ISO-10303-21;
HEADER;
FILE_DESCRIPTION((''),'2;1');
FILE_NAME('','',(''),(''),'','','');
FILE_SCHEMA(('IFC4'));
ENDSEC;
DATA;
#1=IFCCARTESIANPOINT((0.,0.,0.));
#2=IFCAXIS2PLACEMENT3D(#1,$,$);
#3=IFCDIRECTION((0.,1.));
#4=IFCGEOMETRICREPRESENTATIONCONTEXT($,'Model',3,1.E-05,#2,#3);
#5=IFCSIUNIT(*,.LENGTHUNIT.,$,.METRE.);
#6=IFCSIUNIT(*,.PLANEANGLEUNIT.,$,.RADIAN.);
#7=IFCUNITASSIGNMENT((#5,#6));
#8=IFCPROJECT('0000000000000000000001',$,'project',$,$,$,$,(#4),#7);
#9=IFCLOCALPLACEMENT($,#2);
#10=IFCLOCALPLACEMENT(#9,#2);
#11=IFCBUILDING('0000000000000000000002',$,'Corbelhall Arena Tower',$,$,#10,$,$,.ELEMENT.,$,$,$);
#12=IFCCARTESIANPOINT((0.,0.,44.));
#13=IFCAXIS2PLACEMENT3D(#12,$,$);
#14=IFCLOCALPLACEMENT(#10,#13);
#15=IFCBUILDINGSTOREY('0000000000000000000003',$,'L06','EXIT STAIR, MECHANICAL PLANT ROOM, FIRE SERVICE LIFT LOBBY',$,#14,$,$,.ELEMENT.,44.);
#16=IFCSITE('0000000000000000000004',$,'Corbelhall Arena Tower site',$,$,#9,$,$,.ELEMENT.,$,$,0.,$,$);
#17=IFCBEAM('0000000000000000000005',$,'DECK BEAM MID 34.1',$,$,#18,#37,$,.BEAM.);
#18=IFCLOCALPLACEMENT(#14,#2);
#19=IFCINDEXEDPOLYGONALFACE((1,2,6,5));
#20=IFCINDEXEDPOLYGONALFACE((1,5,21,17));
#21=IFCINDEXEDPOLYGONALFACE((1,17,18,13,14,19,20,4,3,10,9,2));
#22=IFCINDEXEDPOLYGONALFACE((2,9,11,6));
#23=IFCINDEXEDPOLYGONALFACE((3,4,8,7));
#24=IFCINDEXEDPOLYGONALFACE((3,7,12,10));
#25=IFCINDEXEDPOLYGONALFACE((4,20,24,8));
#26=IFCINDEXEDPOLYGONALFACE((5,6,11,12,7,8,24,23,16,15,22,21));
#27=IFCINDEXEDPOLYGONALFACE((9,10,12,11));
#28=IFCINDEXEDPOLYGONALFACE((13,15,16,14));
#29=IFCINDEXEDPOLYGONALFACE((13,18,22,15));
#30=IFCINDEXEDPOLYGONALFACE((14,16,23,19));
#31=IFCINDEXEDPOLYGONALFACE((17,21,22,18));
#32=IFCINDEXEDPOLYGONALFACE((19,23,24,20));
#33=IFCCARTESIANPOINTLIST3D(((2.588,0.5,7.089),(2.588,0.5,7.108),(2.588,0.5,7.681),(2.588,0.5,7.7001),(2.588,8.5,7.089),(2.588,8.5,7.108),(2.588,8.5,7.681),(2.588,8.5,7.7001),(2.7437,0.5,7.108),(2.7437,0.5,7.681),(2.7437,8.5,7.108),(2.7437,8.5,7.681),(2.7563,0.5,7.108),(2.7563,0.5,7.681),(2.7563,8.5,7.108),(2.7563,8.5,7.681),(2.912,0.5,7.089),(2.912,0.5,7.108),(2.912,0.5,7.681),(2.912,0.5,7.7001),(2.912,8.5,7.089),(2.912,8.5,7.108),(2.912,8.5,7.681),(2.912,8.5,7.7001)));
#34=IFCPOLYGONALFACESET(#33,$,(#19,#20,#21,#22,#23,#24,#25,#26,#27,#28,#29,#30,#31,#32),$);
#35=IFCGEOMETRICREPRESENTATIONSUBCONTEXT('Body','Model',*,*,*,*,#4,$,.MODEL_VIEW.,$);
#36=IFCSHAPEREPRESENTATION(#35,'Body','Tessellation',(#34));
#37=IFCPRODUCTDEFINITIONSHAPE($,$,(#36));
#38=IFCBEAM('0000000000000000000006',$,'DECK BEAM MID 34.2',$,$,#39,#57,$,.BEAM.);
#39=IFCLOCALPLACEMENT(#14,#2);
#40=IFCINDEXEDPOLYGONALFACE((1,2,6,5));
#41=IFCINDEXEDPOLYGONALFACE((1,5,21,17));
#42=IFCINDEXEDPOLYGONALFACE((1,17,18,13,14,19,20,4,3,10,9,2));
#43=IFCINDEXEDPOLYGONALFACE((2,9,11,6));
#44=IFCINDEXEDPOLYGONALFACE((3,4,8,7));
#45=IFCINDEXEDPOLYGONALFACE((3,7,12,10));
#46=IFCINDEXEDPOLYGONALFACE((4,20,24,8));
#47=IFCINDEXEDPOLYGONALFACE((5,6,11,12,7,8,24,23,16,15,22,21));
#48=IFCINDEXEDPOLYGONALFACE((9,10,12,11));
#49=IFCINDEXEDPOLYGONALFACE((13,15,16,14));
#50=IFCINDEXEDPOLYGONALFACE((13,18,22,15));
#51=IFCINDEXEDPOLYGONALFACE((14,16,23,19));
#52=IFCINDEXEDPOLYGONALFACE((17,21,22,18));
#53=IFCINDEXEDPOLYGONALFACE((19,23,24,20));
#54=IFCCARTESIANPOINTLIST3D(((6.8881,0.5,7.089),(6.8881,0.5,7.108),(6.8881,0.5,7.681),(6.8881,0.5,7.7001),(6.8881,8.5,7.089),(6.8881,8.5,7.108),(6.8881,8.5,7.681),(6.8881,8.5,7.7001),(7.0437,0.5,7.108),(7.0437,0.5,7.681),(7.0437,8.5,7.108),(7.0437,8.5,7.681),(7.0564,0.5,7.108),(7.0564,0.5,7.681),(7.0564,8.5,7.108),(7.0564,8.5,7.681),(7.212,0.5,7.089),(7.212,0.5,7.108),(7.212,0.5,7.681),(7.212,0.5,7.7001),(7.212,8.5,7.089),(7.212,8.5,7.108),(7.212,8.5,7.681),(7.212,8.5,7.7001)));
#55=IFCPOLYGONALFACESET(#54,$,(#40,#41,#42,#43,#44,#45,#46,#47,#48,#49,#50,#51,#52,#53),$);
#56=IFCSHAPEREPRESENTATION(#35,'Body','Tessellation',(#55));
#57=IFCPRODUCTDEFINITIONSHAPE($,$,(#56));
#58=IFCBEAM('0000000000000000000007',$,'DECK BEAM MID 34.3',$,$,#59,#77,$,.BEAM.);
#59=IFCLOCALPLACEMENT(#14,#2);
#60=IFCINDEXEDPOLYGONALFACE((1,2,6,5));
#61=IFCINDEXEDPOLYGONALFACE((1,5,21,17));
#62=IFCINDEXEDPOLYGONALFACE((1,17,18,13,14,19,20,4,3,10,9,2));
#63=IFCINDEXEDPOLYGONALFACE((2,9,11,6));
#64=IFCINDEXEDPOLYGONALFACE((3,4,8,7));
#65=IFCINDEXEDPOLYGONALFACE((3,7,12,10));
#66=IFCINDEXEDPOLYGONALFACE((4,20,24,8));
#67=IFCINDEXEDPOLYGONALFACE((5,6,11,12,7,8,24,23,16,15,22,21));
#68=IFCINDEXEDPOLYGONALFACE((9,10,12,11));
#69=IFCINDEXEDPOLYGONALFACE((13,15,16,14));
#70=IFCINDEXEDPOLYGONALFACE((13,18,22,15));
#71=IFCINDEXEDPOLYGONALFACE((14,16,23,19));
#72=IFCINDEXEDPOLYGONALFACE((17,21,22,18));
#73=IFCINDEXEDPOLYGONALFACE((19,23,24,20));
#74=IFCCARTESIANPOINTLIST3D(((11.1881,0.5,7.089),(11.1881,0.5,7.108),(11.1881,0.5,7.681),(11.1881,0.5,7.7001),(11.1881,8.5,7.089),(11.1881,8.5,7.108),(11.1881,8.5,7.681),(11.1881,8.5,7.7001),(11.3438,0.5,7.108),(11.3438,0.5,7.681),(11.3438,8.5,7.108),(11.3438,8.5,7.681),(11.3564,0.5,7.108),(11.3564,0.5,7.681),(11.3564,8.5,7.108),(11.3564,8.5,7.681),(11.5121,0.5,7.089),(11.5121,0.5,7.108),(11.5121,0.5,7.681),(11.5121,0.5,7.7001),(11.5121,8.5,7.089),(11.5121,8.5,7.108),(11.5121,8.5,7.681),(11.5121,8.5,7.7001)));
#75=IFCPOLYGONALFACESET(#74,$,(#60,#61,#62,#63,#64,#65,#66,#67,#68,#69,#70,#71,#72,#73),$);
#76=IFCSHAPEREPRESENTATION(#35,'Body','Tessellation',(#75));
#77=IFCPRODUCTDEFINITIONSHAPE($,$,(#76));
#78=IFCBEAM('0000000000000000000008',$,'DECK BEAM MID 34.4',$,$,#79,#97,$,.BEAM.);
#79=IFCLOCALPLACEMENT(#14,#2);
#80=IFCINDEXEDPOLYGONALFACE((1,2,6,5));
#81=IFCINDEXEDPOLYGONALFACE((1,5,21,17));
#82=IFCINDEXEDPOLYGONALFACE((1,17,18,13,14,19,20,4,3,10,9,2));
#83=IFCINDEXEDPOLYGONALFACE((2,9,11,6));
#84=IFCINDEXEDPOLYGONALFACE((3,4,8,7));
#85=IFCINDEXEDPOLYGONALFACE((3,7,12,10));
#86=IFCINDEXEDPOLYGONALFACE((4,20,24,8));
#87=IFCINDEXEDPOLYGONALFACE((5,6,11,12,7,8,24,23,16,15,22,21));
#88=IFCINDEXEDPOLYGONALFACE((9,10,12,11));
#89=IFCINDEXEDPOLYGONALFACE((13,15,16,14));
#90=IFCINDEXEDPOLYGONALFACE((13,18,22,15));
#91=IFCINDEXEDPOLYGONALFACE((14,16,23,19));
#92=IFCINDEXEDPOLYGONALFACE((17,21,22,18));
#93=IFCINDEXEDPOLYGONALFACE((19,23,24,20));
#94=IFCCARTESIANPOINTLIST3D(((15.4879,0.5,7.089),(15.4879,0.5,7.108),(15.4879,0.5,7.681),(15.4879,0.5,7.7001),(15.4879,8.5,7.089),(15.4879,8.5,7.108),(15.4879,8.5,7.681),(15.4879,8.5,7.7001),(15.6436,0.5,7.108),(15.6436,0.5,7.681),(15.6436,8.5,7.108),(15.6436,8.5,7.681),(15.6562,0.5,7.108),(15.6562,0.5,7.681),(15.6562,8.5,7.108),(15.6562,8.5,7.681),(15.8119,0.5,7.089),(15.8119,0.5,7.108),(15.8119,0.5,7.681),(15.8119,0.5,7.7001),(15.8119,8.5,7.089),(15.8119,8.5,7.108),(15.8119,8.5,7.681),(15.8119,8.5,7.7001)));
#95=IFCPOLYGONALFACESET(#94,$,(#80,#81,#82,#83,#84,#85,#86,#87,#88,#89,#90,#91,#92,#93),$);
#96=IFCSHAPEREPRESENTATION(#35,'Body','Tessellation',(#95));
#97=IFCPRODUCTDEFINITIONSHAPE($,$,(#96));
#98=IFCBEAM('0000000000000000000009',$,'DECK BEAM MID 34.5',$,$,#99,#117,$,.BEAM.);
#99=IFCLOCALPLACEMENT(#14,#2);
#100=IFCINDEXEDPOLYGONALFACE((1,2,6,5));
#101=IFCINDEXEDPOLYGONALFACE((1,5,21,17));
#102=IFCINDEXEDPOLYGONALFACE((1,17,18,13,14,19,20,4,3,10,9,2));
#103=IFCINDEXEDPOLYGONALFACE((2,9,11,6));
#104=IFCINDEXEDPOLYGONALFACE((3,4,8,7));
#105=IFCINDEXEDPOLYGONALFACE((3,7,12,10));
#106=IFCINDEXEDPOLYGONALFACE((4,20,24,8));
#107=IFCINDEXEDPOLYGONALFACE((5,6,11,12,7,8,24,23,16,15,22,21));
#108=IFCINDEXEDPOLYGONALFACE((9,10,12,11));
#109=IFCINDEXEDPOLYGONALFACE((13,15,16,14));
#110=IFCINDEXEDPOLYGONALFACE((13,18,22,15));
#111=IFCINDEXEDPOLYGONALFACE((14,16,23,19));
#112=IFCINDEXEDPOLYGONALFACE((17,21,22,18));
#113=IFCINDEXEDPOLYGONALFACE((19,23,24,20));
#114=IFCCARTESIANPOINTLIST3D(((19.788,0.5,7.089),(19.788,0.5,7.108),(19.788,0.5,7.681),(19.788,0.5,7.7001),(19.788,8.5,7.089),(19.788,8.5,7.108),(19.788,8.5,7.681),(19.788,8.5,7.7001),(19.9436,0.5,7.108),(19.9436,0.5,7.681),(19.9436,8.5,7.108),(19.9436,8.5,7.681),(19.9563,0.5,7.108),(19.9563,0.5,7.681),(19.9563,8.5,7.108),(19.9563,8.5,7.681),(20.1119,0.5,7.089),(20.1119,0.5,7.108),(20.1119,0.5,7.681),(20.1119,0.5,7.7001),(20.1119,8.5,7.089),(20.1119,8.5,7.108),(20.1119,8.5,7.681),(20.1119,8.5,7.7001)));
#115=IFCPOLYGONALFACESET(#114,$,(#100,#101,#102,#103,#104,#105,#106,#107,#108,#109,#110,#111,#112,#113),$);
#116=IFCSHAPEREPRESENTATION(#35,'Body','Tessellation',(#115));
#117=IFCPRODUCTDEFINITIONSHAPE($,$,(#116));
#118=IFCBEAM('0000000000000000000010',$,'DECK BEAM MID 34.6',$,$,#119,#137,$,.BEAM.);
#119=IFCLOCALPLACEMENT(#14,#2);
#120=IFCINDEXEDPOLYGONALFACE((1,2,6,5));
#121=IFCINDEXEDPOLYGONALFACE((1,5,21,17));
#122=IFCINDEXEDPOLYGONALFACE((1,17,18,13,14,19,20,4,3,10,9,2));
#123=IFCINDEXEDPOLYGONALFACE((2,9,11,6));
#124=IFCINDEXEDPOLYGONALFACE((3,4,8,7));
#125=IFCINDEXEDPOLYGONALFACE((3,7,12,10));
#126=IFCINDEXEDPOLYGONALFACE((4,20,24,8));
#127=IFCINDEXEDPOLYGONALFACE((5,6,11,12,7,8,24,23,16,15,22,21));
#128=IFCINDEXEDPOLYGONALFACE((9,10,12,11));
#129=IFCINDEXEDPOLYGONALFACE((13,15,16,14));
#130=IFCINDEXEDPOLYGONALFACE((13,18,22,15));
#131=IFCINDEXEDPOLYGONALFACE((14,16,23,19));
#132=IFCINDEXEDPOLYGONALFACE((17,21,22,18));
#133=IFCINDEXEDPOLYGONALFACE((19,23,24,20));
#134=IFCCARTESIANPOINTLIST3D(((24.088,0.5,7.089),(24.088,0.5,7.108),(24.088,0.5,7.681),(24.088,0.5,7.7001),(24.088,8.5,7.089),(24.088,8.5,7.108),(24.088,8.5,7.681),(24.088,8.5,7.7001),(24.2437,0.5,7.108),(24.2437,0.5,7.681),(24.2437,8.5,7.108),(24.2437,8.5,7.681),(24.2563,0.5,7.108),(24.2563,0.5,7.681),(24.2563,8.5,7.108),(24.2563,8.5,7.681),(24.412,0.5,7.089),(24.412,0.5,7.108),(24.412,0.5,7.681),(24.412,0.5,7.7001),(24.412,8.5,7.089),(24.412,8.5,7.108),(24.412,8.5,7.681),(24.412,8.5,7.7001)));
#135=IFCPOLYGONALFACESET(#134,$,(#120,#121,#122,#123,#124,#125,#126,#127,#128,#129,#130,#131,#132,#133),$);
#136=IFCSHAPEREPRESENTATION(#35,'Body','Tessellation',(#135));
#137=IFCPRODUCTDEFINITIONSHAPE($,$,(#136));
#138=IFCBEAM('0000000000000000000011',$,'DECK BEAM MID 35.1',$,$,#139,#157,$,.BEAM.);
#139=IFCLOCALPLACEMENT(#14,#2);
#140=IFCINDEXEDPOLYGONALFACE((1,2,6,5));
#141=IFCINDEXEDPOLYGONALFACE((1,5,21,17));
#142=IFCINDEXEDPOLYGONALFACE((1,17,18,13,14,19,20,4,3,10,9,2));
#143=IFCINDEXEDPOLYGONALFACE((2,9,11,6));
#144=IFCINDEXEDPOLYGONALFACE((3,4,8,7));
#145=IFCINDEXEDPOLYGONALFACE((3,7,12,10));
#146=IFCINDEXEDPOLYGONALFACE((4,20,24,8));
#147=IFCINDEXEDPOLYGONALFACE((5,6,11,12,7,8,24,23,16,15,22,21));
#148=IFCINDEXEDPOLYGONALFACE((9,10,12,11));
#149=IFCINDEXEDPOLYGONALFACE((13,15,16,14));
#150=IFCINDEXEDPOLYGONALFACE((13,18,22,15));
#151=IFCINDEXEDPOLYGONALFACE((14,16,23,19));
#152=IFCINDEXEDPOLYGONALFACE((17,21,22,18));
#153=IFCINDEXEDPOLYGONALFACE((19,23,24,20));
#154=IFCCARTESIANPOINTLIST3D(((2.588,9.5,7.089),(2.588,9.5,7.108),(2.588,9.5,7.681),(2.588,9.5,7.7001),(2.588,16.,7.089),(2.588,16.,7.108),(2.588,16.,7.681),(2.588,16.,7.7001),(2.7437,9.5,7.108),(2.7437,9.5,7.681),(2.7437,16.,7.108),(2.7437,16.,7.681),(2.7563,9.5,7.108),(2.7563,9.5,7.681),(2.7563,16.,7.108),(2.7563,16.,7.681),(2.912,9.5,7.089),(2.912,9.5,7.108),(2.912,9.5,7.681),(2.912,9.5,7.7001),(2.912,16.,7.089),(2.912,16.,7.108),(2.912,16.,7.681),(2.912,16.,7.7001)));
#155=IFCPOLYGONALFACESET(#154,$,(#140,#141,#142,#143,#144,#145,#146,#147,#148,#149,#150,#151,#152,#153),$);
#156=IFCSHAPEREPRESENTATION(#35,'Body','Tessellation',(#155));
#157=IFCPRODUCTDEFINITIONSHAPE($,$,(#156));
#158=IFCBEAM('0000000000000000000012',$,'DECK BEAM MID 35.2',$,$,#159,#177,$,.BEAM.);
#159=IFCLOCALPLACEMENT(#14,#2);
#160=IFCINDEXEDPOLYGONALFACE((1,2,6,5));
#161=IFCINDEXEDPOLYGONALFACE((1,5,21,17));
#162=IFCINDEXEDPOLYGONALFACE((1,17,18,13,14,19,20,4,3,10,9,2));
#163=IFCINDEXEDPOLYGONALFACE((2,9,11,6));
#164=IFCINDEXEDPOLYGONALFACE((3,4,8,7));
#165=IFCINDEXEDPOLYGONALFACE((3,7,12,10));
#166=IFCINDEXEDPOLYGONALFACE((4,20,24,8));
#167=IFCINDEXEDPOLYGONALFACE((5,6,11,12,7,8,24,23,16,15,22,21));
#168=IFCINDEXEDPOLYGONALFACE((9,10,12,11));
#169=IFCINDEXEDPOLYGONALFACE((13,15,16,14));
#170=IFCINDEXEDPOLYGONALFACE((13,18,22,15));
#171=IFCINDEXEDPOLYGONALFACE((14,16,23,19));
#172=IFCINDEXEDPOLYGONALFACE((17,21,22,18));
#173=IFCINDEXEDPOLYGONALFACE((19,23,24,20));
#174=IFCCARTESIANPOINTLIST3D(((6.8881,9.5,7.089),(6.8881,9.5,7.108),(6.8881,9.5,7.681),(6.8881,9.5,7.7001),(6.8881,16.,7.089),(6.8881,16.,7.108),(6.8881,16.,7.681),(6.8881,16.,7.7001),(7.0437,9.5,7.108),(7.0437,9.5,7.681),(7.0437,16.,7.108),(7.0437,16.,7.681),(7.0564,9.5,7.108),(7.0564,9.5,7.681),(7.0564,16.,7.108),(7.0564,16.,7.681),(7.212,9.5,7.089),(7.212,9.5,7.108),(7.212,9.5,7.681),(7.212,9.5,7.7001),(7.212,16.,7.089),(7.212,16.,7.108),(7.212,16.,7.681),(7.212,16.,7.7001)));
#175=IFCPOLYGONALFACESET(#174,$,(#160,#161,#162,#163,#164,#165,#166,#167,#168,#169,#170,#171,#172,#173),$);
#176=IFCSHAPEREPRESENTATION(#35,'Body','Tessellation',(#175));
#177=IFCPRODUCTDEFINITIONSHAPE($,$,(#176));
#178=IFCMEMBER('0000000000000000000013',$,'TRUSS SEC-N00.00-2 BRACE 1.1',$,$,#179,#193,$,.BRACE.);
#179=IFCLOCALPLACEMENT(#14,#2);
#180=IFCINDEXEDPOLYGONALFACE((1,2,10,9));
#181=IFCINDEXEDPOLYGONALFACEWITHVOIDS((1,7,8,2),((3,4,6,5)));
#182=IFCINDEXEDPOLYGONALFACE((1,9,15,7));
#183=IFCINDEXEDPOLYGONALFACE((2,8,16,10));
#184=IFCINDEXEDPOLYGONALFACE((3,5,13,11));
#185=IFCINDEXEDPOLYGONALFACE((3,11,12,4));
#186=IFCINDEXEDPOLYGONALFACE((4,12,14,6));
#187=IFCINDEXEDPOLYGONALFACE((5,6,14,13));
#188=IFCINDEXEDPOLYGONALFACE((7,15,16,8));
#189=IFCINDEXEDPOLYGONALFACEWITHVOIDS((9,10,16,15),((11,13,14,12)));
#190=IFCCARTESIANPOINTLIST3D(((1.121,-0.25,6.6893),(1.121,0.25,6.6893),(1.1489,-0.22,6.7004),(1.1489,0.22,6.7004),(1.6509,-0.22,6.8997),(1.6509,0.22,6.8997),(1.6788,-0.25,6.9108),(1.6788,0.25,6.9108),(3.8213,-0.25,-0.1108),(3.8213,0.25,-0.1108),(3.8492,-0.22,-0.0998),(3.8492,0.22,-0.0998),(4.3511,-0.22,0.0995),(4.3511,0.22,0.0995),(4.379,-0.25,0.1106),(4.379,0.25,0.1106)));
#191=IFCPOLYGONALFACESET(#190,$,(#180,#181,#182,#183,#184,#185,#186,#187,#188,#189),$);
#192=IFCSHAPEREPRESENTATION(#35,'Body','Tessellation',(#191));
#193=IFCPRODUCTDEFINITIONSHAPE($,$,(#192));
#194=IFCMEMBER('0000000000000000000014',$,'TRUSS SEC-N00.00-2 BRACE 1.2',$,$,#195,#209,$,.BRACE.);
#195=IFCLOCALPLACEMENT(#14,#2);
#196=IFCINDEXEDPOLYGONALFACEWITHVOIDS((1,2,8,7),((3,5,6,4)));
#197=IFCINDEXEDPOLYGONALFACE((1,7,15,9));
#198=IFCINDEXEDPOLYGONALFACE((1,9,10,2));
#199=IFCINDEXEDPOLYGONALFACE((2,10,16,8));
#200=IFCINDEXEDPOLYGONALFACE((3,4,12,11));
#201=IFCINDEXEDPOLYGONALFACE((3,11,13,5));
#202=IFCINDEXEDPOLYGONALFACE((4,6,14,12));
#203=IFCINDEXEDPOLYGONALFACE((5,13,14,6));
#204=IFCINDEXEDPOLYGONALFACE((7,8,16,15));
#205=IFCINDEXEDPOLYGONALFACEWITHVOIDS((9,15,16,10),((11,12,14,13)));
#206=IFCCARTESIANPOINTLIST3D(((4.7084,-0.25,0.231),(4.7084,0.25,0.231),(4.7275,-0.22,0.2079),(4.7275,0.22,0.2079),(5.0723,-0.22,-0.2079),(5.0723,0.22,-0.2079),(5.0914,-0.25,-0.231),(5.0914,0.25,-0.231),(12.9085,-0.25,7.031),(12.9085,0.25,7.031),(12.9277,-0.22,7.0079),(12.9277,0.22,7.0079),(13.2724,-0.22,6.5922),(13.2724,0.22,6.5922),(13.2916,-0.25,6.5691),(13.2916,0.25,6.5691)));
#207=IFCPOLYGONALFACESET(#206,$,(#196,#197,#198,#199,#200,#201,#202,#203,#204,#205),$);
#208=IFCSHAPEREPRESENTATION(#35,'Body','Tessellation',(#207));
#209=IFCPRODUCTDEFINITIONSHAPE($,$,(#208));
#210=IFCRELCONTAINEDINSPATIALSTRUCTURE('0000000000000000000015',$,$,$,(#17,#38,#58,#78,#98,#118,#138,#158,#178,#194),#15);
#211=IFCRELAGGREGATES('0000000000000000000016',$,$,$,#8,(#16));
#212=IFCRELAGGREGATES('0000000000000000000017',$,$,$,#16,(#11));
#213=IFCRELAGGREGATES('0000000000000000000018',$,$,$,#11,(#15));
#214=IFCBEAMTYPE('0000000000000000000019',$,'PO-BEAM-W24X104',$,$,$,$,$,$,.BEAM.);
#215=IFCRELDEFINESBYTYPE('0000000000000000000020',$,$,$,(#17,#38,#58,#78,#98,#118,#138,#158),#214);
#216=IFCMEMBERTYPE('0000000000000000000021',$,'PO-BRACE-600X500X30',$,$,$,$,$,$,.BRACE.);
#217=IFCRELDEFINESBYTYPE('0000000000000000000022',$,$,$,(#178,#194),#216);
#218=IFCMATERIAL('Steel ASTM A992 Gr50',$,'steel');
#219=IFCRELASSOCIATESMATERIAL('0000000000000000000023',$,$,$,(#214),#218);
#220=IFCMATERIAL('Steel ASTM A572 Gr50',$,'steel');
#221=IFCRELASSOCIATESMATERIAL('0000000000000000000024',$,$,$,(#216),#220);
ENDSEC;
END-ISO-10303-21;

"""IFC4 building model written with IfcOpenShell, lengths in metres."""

from ifc_helpers import new_model, si_unit, direction, frame, origin, origin_2d, place, context, subcontext, project, spatial, hollow_rectangle, i_section, extrude, material, material_profile, profile_set, type_object, element, save


model = new_model("IFC4")

# Units and contexts
model_context = context("Model", 3, precision=1e-05, world=origin(), true_north=direction((0.0, 1.0)))
body_context = subcontext(model_context, "Body", "Model", "MODEL_VIEW")
ifc_project = project(units=[si_unit("LENGTHUNIT", "METRE"), si_unit("PLANEANGLEUNIT", "RADIAN")], contexts=[model_context])

# Site, building, storey
site_placement = place(None, origin())
site = spatial("IfcSite", under=ifc_project, at=site_placement, Name="Corbelhall Arena Tower site", CompositionType="ELEMENT", RefElevation=0.0)
building_placement = place(site_placement, origin())
building = spatial("IfcBuilding", under=site, at=building_placement, Name="Corbelhall Arena Tower", CompositionType="ELEMENT")
storey_placement = place(building_placement, frame((0.0, 0.0, 44.0)))
storey = spatial("IfcBuildingStorey", under=building, at=storey_placement, Name="L06", Description="EXIT STAIR, MECHANICAL PLANT ROOM, FIRE SERVICE LIFT LOBBY", CompositionType="ELEMENT", Elevation=44.0)

# Beams
ifc_material_1 = material(Name="Steel ASTM A992 Gr50", Category="steel")
ifc_material_profile_1 = material_profile(ifc_material_1, i_section(OverallWidth=0.324, OverallDepth=0.6111, WebThickness=0.0127, FlangeThickness=0.019, at=origin_2d()))
ifc_profile_set_1 = profile_set([ifc_material_profile_1], Name="Steel ASTM A992 Gr50")
beam_type = type_object("IfcBeamType", Name="PO-BEAM-W24X104", PredefinedType="BEAM", material=ifc_profile_set_1)
for number, where, z_axis, x_axis, name in (
    (1, (2.75, 0.5, 7.3945), (0.0, 1.0, 0.0), (-1.0, 0.0, 0.0), "DECK BEAM MID 34.1"),
    (2, (7.05, 0.5, 7.3945), (0.0, 1.0, 0.0), (-1.0, 0.0, 0.0), "DECK BEAM MID 34.2"),
    (3, (11.3501, 0.5, 7.3945), (0.0, 1.0, 0.0), (-1.0, 0.0, 0.0), "DECK BEAM MID 34.3"),
    (4, (15.6499, 0.5, 7.3945), (0.0, 1.0, 0.0), (-1.0, 0.0, 0.0), "DECK BEAM MID 34.4"),
    (5, (19.95, 0.5, 7.3945), (0.0, 1.0, 0.0), (-1.0, 0.0, 0.0), "DECK BEAM MID 34.5"),
    (6, (24.25, 0.5, 7.3945), (0.0, 1.0, 0.0), (-1.0, 0.0, 0.0), "DECK BEAM MID 34.6"),
):
    element("IfcBeam", number, at=place(storey_placement, frame(where, z_axis=z_axis, x_axis=x_axis)), inside=storey, type_object=beam_type, Name=name, PredefinedType="BEAM", context=body_context, shape_type="SweptSolid", body=[
        extrude(i_section(OverallWidth=0.324, OverallDepth=0.6111, WebThickness=0.0127, FlangeThickness=0.019, at=origin_2d()), origin(), (0.0, 0.0, 1.0), 8.0),
    ])
for number, where, z_axis, x_axis, name in (
    (7, (2.75, 9.5, 7.3945), (0.0, 1.0, 0.0), (-1.0, 0.0, 0.0), "DECK BEAM MID 35.1"),
    (8, (7.05, 9.5, 7.3945), (0.0, 1.0, 0.0), (-1.0, 0.0, 0.0), "DECK BEAM MID 35.2"),
):
    element("IfcBeam", number, at=place(storey_placement, frame(where, z_axis=z_axis, x_axis=x_axis)), inside=storey, type_object=beam_type, Name=name, PredefinedType="BEAM", context=body_context, shape_type="SweptSolid", body=[
        extrude(i_section(OverallWidth=0.324, OverallDepth=0.6111, WebThickness=0.0127, FlangeThickness=0.019, at=origin_2d()), origin(), (0.0, 0.0, 1.0), 6.5),
    ])

# Members
ifc_material_2 = material(Name="Steel ASTM A572 Gr50", Category="steel")
ifc_material_profile_2 = material_profile(ifc_material_2, hollow_rectangle(XDim=0.5, YDim=0.6001, WallThickness=0.03, at=origin_2d()))
ifc_profile_set_2 = profile_set([ifc_material_profile_2], Name="Steel ASTM A572 Gr50")
member_type_1 = type_object("IfcMemberType", Name="PO-BRACE-600X500X30", PredefinedType="BRACE", material=ifc_profile_set_2)
member_1_placement = place(storey_placement, frame((1.3999, 0.0, 6.8), z_axis=(0.369054, 0.0, -0.929408), x_axis=(0.0, 1.0, 0.0)))
element("IfcMember", 9, at=member_1_placement, inside=storey, type_object=member_type_1, Name="TRUSS SEC-N00.00-2 BRACE 1.1", PredefinedType="BRACE", context=body_context, shape_type="SweptSolid", body=[
    extrude(hollow_rectangle(XDim=0.5, YDim=0.6001, WallThickness=0.03, at=origin_2d()), origin(), (0.0, 0.0, 1.0), 7.3167),
])
for number, where, z_axis, x_axis, name in (
    (10, (4.8999, 0.0, 0.0), (0.769763, 0.0, 0.63833), (0.0, 1.0, 0.0), "TRUSS SEC-N00.00-2 BRACE 1.2"),
):
    element("IfcMember", number, at=place(storey_placement, frame(where, z_axis=z_axis, x_axis=x_axis)), inside=storey, type_object=member_type_1, Name=name, PredefinedType="BRACE", context=body_context, shape_type="SweptSolid", body=[
        extrude(hollow_rectangle(XDim=0.5, YDim=0.6001, WallThickness=0.03, at=origin_2d()), origin(), (0.0, 0.0, 1.0), 10.6528),
    ])

save(model, "model.ifc")
